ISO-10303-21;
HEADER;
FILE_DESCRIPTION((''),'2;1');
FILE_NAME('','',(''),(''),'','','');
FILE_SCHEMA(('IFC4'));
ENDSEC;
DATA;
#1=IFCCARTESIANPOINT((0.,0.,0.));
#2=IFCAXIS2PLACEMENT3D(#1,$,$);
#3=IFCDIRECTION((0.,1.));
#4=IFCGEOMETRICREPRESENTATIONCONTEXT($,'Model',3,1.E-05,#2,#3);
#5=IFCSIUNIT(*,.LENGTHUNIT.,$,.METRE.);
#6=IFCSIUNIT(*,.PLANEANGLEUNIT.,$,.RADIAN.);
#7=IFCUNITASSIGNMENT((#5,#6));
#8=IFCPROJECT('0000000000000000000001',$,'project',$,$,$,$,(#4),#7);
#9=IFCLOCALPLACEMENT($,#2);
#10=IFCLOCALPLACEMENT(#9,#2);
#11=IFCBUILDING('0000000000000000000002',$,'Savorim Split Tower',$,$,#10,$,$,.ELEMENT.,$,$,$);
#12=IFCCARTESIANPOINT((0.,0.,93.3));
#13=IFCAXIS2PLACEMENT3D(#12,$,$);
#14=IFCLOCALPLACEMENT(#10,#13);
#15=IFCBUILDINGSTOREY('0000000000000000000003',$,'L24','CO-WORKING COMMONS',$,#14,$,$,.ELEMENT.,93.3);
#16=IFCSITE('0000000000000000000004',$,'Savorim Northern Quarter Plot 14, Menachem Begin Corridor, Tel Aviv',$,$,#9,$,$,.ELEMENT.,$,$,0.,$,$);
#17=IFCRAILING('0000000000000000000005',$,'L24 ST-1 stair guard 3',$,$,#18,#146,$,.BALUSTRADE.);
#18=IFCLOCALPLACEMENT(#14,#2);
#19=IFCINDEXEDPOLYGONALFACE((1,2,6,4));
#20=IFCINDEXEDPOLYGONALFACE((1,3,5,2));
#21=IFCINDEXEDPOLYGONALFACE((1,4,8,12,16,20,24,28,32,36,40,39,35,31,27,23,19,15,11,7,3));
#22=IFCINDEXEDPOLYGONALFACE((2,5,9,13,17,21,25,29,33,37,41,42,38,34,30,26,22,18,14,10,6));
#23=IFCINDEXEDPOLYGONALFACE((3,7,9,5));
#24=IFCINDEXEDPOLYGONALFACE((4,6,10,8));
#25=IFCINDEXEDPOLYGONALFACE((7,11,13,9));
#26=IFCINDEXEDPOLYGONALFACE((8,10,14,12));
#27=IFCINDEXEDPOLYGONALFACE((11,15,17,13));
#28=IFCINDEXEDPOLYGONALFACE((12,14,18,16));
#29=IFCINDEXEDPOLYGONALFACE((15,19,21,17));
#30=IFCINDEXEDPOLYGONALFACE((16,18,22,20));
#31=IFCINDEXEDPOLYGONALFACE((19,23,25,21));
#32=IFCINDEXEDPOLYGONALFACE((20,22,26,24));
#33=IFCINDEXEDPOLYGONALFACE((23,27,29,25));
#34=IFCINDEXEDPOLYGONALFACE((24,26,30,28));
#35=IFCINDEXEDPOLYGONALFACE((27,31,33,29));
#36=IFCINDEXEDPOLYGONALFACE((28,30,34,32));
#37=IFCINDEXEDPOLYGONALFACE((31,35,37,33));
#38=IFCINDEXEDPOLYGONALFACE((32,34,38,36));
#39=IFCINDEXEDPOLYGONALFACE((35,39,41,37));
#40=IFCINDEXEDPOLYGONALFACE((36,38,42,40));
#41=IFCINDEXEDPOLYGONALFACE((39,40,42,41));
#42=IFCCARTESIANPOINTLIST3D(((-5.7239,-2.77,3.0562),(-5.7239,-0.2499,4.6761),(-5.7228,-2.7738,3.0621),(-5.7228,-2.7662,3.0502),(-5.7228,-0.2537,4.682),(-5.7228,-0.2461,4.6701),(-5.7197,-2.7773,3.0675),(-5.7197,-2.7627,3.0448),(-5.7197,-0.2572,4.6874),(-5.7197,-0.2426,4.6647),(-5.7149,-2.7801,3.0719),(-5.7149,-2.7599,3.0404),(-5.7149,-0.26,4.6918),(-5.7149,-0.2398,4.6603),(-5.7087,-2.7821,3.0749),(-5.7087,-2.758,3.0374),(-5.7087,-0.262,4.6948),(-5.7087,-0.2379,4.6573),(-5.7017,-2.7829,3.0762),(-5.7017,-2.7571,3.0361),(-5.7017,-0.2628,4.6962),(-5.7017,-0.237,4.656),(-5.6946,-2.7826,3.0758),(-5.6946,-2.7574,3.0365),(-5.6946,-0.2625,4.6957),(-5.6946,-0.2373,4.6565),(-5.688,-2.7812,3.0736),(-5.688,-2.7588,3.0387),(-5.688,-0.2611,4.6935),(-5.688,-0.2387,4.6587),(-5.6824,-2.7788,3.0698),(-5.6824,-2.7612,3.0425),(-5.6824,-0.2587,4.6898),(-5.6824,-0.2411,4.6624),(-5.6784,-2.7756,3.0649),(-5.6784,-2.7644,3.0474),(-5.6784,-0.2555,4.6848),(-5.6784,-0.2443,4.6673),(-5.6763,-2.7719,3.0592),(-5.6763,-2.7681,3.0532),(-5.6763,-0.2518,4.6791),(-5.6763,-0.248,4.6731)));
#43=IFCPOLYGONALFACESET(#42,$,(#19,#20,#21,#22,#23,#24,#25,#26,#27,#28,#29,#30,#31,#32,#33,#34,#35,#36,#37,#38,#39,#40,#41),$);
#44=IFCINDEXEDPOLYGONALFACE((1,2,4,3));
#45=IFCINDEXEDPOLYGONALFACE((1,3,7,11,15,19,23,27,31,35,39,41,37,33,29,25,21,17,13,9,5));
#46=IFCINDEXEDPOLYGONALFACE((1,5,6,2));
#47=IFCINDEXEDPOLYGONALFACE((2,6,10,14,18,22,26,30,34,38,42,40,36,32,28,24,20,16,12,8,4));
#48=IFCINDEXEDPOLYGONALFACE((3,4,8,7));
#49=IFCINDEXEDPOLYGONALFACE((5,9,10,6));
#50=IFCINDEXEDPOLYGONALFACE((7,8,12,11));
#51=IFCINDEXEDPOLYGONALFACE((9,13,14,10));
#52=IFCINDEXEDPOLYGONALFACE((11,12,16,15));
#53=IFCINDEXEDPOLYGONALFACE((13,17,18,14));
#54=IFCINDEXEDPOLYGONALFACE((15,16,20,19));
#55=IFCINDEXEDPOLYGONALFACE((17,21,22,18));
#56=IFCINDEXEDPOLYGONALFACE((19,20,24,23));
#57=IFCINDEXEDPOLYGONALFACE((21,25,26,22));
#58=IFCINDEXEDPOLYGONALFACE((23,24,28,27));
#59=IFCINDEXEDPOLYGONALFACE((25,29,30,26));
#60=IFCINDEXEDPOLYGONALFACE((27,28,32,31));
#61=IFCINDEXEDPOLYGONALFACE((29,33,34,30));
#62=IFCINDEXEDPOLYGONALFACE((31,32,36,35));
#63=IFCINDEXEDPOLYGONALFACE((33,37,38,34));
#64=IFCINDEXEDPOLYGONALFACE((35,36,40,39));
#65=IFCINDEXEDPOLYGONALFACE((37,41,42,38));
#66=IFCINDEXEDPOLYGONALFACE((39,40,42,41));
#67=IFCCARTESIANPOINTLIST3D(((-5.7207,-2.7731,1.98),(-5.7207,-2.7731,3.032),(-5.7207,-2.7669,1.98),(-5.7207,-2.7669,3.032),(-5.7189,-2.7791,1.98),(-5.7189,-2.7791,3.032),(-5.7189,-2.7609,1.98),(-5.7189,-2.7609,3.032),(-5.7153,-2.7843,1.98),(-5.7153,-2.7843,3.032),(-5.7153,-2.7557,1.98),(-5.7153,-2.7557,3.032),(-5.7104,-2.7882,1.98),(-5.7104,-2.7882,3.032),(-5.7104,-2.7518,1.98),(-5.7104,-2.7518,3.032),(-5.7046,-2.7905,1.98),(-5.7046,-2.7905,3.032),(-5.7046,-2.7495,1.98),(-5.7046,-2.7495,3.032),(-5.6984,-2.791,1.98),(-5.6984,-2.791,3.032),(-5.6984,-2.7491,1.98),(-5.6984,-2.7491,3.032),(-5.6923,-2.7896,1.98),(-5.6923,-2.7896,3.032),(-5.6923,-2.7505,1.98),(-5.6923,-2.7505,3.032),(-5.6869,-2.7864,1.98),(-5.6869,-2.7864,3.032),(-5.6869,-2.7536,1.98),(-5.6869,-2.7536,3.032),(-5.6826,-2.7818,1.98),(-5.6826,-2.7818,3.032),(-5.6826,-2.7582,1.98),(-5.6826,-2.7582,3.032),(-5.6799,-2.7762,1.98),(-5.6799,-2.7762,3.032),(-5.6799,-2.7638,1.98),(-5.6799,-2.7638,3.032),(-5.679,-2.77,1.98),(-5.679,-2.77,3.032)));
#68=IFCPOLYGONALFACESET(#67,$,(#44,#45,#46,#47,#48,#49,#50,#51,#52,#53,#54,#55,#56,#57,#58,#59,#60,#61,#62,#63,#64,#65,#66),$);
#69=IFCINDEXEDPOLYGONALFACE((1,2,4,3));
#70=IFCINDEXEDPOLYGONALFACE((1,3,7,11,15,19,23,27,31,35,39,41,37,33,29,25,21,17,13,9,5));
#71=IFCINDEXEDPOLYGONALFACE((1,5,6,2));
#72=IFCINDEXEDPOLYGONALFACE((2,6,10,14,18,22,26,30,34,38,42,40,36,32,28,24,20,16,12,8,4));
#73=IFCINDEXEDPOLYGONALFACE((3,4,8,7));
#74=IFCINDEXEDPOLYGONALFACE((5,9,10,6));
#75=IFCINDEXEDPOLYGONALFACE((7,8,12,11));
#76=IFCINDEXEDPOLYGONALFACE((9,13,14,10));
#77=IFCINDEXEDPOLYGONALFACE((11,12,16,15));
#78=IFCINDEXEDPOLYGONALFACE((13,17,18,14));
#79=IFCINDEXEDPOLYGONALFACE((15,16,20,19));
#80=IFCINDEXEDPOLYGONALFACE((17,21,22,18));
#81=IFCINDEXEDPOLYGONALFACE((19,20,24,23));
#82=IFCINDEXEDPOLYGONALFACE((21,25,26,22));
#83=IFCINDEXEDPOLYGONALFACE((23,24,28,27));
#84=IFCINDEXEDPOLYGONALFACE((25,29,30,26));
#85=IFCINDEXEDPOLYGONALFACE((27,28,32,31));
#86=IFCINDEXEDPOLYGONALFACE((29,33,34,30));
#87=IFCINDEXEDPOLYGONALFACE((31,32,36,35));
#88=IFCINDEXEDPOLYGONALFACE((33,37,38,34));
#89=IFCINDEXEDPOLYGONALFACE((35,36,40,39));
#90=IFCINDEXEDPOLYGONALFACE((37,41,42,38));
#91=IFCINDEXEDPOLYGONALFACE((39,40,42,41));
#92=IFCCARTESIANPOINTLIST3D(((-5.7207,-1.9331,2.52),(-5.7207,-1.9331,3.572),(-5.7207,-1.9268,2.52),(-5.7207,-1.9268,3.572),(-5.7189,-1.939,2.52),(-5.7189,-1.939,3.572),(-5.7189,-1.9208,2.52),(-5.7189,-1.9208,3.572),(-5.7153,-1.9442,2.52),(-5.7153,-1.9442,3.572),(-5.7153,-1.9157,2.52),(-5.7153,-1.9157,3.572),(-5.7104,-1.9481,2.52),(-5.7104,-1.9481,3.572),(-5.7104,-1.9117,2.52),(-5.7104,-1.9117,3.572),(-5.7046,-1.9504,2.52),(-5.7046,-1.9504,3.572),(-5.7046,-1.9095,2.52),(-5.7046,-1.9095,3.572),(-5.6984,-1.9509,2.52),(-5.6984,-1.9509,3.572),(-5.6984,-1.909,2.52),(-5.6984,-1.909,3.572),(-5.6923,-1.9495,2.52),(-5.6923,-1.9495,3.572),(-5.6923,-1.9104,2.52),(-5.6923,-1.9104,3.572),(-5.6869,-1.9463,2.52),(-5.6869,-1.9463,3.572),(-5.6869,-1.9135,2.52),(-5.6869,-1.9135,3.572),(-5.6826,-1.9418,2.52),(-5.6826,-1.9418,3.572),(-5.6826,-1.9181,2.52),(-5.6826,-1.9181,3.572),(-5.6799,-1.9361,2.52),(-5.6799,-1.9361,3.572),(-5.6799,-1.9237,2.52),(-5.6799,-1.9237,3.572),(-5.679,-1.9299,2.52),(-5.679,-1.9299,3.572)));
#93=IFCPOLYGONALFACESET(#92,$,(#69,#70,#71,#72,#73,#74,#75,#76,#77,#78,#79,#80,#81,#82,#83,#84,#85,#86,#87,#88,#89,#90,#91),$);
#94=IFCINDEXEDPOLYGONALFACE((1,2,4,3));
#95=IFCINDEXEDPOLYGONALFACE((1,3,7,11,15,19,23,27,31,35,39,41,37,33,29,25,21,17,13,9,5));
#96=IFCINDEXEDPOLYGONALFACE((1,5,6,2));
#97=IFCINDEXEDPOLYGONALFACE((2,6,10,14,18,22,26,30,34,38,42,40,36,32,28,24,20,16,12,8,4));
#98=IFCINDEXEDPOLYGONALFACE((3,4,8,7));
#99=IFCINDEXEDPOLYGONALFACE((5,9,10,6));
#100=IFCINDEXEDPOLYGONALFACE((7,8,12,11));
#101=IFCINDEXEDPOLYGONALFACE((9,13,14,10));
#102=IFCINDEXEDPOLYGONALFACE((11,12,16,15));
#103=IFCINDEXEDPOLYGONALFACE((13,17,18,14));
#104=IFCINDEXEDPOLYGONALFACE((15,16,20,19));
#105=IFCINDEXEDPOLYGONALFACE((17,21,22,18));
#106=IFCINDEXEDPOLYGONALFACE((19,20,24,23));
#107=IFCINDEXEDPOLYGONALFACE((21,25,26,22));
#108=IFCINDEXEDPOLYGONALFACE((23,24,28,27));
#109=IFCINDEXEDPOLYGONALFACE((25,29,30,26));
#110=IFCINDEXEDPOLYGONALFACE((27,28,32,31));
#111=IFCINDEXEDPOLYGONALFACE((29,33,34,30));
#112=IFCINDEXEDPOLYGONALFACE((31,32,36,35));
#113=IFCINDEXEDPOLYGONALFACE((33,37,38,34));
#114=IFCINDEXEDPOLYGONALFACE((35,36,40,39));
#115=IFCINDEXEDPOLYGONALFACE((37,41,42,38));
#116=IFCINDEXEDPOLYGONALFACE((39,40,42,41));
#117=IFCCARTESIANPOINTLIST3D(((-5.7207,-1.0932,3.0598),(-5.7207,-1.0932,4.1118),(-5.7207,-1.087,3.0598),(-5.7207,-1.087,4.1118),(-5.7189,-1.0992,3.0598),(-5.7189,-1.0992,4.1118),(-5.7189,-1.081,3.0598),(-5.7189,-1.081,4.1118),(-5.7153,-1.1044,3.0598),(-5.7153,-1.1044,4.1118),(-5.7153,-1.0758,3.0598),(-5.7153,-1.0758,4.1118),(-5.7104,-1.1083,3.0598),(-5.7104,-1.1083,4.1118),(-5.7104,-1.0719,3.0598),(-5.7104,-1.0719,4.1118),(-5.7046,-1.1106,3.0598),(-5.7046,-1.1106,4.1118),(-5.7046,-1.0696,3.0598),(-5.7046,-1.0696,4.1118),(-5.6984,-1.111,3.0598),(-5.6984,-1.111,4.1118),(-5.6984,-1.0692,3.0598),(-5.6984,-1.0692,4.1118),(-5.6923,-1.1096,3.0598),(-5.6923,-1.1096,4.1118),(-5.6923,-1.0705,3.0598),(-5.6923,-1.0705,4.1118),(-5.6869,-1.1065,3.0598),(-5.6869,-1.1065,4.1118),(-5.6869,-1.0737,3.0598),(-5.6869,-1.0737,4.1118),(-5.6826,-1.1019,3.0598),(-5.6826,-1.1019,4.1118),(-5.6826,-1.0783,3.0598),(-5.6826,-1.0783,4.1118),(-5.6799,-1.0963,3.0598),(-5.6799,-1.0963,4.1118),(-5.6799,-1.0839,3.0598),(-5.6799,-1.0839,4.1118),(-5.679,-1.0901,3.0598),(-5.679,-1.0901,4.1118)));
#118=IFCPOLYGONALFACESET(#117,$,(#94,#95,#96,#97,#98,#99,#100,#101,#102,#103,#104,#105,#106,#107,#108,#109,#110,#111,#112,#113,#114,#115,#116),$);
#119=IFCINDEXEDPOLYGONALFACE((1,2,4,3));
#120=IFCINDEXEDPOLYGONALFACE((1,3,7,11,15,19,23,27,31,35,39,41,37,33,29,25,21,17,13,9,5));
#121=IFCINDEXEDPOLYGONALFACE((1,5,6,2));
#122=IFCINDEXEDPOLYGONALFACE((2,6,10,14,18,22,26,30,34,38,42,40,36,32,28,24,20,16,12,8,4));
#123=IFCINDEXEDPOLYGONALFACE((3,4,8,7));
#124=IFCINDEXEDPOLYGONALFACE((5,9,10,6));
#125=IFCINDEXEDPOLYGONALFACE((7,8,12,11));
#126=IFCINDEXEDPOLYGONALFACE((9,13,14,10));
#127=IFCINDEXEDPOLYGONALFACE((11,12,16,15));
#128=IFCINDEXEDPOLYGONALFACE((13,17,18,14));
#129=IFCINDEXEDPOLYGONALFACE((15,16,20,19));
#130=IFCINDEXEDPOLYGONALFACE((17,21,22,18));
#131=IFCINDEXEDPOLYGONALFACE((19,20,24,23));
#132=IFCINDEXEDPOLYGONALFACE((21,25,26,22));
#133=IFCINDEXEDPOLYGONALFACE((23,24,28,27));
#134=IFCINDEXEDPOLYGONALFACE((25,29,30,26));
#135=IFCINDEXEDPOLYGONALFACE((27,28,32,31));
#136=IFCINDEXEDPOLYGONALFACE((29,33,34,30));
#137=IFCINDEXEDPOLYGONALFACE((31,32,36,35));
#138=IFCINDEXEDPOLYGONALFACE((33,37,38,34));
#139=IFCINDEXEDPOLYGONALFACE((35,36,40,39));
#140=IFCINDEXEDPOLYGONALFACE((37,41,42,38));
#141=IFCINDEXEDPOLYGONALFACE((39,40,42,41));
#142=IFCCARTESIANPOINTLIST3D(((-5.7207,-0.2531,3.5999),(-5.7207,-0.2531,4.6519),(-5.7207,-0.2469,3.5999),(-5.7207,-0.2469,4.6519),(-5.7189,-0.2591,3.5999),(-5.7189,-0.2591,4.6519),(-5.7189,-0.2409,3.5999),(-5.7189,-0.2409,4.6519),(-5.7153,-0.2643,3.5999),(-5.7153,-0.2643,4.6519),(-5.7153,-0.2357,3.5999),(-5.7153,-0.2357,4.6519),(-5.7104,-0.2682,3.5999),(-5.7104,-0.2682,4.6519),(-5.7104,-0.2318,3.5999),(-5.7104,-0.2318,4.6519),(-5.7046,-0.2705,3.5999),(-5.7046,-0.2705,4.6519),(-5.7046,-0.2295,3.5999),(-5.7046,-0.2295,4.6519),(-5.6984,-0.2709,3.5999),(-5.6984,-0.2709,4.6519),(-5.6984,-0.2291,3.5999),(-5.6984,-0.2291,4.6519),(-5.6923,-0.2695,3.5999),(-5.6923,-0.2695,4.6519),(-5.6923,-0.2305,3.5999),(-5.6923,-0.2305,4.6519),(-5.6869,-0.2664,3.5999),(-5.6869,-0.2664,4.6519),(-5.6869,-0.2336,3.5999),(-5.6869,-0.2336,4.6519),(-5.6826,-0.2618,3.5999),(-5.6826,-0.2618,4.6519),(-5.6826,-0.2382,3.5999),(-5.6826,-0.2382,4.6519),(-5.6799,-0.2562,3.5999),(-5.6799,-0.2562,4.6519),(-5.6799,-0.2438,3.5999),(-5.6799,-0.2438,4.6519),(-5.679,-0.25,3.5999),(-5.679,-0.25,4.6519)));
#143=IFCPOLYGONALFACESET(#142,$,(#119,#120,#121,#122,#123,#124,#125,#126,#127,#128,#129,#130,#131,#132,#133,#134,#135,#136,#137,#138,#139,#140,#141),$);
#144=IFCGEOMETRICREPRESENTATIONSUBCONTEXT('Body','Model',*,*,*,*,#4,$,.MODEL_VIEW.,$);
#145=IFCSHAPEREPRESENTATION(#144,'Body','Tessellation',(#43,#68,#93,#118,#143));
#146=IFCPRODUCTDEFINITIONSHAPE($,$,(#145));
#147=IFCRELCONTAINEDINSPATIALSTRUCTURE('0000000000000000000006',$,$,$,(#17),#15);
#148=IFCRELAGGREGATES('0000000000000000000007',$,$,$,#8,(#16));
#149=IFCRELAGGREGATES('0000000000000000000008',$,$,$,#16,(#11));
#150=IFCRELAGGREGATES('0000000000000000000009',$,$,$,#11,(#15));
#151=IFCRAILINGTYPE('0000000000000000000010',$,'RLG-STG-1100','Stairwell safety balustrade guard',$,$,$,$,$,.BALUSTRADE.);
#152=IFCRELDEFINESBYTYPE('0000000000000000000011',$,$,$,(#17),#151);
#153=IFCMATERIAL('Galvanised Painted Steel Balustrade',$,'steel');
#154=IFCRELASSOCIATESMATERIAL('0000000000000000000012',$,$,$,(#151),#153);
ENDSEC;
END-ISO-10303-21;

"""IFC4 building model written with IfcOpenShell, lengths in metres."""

from ifc_helpers import new_model, si_unit, direction, frame, origin, origin_2d, place, context, subcontext, project, spatial, circle, extrude, material, type_object, element, save


model = new_model("IFC4")

# Units and contexts
model_context = context("Model", 3, precision=1e-05, world=origin(), true_north=direction((0.0, 1.0)))
body_context = subcontext(model_context, "Body", "Model", "MODEL_VIEW")
ifc_project = project(units=[si_unit("LENGTHUNIT", "METRE"), si_unit("PLANEANGLEUNIT", "RADIAN")], contexts=[model_context])

# Site, building, storey
site_placement = place(None, origin())
site = spatial("IfcSite", under=ifc_project, at=site_placement, Name="Savorim Northern Quarter Plot 14, Menachem Begin Corridor, Tel Aviv", CompositionType="ELEMENT", RefElevation=0.0)
building_placement = place(site_placement, origin())
building = spatial("IfcBuilding", under=site, at=building_placement, Name="Savorim Split Tower", CompositionType="ELEMENT")
storey_placement = place(building_placement, frame((0.0, 0.0, 93.3)))
storey = spatial("IfcBuildingStorey", under=building, at=storey_placement, Name="L24", Description="CO-WORKING COMMONS", CompositionType="ELEMENT", Elevation=93.3)

# Railing
ifc_material_1 = material(Name="Galvanised Painted Steel Balustrade", Category="steel")
railing_type_1 = type_object("IfcRailingType", Name="RLG-STG-1100", Description="Stairwell safety balustrade guard", PredefinedType="BALUSTRADE", material=ifc_material_1)
railing_1_placement = place(storey_placement, frame((-5.7, -2.77, 1.98)))
element("IfcRailing", 1, at=railing_1_placement, inside=storey, type_object=railing_type_1, Name="L24 ST-1 stair guard 3", PredefinedType="BALUSTRADE", context=body_context, shape_type="SweptSolid", body=[
    extrude(circle(Radius=0.0239, at=origin_2d()), frame((0.0, 0.0, 1.0762), z_axis=(0.0, 0.8412, 0.540725), x_axis=(-1.0, 0.0, 0.0)), (0.0, 0.0, 1.0), 2.9958),
    extrude(circle(Radius=0.021, at=origin_2d()), origin(), (0.0, 0.0, 1.0), 1.052),
    extrude(circle(Radius=0.021, at=origin_2d()), frame((0.0, 0.8401, 0.54)), (0.0, 0.0, 1.0), 1.052),
    extrude(circle(Radius=0.021, at=origin_2d()), frame((0.0, 1.6799, 1.0798)), (0.0, 0.0, 1.0), 1.052),
    extrude(circle(Radius=0.021, at=origin_2d()), frame((0.0, 2.52, 1.6199)), (0.0, 0.0, 1.0), 1.052),
])

save(model, "model.ifc")
